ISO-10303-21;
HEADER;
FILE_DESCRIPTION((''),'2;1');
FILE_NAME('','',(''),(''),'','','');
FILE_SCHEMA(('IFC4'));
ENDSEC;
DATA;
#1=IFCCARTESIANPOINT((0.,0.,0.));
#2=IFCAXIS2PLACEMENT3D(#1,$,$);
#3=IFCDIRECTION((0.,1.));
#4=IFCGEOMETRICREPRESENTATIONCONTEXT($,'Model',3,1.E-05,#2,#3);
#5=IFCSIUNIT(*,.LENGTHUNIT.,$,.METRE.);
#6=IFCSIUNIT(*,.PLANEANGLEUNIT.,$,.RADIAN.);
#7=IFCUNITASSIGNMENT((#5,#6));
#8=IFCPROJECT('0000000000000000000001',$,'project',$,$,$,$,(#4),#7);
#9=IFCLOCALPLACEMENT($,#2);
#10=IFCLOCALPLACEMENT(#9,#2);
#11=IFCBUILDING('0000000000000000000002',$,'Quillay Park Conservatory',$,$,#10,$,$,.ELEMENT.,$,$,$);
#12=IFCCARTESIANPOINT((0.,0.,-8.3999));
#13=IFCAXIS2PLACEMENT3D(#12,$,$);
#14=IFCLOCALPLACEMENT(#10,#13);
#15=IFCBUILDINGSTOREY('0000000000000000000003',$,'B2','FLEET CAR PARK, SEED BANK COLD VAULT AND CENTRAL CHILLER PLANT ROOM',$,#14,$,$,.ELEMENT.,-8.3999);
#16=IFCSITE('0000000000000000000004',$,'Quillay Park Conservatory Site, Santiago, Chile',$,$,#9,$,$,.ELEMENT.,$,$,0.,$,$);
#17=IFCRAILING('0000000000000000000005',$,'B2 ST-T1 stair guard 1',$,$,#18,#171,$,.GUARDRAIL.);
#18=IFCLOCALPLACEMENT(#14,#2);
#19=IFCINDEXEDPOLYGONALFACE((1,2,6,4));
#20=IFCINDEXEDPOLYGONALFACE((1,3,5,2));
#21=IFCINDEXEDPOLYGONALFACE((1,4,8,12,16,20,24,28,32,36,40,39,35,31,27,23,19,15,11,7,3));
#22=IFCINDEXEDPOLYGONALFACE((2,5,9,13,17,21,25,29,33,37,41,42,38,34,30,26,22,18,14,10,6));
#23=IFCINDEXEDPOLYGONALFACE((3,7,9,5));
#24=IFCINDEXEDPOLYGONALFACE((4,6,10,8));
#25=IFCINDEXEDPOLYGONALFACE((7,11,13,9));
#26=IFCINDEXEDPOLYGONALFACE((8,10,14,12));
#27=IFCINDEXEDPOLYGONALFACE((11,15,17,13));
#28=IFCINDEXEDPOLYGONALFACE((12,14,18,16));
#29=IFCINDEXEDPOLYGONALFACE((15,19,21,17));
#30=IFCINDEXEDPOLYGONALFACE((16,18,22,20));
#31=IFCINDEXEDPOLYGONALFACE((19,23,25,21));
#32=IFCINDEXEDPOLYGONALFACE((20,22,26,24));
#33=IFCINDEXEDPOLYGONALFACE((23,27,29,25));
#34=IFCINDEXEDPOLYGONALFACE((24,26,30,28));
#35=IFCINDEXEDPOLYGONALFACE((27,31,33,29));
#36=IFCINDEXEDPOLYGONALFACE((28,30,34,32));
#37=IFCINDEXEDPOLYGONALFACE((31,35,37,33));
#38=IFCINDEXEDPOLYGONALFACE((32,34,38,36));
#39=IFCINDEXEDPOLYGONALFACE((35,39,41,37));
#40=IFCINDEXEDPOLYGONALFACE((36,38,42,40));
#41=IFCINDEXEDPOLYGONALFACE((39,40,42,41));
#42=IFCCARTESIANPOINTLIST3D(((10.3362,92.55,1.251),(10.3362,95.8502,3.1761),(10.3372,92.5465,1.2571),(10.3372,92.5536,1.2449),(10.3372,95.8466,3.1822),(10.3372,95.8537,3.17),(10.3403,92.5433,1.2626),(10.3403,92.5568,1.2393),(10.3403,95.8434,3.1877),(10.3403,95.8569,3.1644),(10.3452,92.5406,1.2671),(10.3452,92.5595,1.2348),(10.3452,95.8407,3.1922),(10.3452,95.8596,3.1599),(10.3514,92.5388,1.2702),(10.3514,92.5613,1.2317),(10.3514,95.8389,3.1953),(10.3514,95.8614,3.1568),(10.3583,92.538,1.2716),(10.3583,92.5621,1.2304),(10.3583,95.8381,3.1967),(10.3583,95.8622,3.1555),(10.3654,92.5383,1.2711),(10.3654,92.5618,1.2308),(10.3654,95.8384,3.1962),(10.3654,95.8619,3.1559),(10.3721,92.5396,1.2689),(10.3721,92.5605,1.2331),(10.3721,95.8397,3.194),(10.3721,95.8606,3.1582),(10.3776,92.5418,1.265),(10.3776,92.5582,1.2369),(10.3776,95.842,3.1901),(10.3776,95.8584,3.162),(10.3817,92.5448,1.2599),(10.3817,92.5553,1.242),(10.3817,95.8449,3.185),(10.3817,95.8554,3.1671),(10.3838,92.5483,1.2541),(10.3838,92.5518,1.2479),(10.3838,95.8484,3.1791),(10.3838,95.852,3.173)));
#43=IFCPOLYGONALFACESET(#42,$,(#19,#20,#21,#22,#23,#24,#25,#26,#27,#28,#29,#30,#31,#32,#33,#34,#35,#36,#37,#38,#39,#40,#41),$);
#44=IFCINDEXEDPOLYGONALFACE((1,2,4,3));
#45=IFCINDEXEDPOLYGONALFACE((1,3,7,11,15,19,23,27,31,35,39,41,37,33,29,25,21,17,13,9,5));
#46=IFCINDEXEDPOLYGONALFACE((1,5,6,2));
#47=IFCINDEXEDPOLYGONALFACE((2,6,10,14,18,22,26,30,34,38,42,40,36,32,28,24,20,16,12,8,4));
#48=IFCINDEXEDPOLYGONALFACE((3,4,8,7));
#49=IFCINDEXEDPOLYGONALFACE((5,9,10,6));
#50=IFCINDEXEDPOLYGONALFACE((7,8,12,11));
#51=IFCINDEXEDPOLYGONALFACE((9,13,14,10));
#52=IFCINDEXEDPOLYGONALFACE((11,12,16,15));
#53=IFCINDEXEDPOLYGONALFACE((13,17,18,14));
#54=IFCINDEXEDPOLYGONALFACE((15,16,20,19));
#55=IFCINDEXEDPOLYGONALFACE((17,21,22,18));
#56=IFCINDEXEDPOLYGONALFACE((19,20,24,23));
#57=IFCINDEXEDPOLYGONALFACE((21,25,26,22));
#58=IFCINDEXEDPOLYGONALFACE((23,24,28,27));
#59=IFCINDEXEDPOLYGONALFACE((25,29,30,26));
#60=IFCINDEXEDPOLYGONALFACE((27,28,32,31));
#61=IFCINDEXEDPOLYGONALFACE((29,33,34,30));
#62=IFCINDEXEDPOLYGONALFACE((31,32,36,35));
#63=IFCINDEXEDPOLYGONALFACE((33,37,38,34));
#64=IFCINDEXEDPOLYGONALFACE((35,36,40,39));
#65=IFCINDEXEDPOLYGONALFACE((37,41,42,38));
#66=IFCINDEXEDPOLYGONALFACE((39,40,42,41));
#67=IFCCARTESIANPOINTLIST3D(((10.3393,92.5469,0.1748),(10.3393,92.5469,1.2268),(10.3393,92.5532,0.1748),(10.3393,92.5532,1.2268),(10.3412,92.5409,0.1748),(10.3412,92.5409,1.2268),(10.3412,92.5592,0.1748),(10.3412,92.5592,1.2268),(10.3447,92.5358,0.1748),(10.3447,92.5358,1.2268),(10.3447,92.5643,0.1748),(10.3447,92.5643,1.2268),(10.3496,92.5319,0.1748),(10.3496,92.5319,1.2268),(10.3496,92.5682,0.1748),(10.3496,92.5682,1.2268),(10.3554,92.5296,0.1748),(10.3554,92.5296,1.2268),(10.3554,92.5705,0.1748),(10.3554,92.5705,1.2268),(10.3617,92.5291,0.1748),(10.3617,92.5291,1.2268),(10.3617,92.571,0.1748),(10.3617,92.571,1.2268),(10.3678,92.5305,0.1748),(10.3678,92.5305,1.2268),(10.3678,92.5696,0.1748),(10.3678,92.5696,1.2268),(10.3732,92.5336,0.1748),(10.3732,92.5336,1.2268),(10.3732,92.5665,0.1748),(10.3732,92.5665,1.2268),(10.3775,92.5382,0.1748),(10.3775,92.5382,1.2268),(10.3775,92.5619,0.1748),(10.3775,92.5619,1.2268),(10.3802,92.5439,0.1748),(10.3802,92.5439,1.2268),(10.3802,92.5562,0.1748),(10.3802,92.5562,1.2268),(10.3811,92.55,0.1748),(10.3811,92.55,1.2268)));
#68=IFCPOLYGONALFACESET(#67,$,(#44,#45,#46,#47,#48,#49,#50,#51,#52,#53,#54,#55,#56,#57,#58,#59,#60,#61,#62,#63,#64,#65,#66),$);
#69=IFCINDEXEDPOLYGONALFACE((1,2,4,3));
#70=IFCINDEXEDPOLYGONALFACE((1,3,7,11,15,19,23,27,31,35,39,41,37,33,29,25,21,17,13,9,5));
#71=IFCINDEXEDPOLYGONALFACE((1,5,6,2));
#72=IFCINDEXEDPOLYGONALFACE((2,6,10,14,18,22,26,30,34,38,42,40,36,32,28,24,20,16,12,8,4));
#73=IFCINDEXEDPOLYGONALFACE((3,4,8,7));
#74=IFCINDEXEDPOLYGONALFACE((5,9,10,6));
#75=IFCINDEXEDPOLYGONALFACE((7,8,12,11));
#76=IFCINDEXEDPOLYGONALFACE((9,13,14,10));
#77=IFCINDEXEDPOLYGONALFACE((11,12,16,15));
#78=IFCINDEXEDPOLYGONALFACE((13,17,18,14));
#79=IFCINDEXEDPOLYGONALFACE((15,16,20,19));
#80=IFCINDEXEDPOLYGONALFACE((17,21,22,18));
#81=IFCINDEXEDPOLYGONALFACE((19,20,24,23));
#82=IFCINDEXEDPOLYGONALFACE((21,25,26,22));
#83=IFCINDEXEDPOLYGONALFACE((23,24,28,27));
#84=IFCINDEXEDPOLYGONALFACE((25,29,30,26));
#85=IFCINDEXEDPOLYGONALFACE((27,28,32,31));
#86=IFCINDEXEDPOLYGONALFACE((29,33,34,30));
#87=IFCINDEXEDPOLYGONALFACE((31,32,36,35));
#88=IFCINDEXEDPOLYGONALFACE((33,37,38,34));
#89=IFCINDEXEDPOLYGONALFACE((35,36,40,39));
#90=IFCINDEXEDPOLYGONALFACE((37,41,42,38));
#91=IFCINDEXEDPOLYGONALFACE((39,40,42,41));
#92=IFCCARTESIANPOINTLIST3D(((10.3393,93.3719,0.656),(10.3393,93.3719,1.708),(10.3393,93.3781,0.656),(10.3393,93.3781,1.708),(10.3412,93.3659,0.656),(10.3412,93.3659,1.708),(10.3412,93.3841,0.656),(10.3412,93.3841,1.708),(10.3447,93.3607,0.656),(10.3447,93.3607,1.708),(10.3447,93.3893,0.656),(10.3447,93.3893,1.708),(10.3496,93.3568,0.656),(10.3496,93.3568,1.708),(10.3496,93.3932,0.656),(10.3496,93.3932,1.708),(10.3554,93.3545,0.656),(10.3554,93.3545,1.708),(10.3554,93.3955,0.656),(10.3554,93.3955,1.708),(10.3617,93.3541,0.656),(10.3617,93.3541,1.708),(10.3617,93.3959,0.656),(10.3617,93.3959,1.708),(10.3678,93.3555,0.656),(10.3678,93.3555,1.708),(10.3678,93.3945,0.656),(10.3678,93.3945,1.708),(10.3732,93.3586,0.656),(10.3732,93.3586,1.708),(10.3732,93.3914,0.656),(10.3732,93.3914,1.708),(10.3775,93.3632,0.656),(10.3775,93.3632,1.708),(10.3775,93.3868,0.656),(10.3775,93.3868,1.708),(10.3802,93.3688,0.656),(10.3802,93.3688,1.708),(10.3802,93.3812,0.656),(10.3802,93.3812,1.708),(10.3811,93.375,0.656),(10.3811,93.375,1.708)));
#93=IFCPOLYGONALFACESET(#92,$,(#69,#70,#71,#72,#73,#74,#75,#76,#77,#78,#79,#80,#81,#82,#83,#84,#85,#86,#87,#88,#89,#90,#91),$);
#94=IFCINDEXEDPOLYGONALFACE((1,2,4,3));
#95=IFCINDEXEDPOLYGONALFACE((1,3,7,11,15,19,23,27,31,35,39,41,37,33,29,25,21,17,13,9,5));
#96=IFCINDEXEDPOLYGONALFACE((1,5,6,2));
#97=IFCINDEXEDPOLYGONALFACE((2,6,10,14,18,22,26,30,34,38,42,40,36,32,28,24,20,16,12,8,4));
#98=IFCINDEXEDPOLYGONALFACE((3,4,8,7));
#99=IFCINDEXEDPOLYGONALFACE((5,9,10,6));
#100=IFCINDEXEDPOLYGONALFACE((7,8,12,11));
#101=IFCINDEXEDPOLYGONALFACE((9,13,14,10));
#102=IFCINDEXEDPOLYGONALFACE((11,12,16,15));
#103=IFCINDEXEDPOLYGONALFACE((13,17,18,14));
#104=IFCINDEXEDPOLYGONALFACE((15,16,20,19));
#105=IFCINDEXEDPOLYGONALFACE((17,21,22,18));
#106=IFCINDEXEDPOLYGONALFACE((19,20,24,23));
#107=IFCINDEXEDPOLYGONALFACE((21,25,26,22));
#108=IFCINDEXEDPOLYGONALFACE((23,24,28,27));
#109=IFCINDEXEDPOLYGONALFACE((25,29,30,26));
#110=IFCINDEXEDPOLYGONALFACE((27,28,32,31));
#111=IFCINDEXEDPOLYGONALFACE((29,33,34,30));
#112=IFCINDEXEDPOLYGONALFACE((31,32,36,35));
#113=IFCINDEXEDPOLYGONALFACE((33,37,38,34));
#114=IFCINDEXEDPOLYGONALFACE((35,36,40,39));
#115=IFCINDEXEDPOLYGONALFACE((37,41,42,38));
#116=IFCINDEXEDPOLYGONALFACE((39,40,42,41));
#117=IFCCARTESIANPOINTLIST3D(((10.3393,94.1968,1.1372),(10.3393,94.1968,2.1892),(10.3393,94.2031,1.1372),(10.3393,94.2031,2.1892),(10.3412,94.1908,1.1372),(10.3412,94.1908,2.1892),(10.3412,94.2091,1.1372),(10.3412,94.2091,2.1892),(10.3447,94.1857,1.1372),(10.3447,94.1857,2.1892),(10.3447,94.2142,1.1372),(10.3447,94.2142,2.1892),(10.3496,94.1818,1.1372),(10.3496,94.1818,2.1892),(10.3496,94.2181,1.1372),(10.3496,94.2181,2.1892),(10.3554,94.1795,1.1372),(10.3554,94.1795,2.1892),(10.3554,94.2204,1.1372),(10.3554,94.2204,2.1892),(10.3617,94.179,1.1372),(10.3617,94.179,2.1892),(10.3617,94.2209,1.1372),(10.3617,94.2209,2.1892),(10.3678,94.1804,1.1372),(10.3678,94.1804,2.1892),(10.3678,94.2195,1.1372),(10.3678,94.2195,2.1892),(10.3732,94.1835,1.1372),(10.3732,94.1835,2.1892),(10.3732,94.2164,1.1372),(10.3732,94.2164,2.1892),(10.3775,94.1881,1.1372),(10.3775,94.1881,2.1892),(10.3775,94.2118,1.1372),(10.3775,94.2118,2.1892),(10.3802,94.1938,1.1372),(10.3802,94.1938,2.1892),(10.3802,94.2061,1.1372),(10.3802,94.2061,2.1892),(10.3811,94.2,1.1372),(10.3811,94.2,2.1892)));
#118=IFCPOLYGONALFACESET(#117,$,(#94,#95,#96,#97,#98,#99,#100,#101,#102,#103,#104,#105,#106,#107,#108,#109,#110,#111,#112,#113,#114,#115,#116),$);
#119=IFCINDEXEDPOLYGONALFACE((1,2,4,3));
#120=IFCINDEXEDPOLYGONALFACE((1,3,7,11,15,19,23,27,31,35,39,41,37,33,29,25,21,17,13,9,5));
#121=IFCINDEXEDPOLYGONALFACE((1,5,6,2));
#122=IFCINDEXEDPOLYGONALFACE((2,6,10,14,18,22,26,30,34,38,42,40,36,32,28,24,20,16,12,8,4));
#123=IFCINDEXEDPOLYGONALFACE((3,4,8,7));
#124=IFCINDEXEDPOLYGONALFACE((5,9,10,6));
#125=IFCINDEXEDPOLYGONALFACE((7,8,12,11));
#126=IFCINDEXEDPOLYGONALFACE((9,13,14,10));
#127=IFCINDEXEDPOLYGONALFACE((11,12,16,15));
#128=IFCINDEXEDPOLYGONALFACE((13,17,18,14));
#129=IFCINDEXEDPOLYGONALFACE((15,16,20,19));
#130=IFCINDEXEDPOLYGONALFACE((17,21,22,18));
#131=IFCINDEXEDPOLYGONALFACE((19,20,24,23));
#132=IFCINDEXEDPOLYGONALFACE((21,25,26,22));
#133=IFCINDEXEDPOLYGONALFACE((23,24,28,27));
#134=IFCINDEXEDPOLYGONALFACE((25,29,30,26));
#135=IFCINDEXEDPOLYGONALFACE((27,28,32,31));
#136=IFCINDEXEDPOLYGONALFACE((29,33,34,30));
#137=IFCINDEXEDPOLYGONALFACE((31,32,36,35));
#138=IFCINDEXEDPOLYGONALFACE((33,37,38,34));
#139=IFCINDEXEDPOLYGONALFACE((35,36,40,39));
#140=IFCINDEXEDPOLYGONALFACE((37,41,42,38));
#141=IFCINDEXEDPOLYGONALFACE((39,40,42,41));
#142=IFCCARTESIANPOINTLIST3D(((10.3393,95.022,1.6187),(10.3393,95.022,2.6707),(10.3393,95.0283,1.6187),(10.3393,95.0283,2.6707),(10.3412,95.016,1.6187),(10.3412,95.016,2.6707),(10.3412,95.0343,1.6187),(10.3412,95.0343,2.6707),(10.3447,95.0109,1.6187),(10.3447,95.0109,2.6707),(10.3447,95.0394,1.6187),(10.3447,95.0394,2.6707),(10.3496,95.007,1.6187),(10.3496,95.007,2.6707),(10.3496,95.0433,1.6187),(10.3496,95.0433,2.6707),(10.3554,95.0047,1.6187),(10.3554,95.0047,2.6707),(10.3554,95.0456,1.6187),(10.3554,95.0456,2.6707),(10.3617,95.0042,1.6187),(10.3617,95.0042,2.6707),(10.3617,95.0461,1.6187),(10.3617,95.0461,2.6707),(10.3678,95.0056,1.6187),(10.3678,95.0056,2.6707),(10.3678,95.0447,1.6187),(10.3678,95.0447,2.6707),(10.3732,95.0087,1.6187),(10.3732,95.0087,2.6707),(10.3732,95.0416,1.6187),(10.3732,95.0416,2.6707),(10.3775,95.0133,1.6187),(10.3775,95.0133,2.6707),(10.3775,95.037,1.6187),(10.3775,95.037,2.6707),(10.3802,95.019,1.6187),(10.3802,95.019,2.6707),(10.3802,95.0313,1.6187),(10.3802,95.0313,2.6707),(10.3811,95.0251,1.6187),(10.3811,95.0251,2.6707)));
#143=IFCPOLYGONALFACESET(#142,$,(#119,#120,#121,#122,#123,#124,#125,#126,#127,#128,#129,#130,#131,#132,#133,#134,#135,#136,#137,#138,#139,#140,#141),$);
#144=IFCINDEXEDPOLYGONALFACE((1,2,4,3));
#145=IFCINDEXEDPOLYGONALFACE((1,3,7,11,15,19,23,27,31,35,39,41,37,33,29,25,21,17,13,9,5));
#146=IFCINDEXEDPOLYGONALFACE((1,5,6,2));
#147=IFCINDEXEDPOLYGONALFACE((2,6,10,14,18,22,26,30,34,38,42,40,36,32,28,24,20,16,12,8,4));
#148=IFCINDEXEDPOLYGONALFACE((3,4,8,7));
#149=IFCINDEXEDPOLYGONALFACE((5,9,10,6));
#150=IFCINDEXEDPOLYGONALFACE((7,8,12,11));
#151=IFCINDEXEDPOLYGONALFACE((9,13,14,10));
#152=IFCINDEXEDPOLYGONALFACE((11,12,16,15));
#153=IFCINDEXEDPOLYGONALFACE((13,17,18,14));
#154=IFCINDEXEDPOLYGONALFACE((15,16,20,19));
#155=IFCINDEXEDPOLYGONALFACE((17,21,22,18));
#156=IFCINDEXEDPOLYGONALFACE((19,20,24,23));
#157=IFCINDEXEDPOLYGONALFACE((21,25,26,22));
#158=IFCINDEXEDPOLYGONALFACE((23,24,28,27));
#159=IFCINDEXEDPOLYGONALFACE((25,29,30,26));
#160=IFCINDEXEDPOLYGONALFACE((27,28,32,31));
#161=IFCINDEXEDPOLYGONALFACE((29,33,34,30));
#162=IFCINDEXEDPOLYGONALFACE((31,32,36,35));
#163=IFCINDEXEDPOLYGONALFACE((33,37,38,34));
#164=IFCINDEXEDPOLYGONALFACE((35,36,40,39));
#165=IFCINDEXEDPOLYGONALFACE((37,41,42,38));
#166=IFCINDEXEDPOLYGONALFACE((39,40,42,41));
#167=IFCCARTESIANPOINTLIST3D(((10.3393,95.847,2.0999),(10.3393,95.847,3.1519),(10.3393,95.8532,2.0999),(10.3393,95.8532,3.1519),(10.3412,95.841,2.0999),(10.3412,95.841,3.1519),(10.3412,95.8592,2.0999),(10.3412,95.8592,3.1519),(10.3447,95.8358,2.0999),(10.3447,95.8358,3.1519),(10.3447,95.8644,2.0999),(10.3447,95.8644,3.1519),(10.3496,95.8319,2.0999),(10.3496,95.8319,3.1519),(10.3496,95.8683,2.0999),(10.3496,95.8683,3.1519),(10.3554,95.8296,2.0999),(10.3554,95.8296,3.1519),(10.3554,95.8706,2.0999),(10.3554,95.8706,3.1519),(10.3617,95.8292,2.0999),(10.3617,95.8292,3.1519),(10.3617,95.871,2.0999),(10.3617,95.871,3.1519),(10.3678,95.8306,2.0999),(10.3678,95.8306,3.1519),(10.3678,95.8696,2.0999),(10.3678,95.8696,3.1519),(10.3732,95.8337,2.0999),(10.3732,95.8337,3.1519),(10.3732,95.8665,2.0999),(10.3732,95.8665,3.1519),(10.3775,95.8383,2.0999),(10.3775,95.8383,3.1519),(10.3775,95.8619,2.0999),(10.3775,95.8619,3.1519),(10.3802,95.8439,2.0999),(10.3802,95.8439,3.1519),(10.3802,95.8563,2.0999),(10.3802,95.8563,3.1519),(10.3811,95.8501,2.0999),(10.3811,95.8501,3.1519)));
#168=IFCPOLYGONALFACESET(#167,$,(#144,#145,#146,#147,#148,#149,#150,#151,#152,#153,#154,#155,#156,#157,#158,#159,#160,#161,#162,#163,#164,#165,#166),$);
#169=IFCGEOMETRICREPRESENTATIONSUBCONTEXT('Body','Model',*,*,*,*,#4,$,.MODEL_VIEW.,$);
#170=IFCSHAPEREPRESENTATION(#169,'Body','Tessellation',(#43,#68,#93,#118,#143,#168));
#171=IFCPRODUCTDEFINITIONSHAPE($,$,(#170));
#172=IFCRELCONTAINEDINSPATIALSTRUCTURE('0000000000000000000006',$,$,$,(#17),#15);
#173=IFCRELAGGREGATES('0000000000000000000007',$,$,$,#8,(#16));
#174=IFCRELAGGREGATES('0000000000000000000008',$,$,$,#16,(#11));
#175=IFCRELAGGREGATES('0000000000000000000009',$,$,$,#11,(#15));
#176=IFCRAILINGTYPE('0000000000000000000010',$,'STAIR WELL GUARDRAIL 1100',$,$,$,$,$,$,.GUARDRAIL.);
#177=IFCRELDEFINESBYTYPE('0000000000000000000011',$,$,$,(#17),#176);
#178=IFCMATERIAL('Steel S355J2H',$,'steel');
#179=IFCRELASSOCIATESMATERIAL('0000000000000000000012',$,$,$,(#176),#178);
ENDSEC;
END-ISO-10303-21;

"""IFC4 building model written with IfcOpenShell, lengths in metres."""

from ifc_helpers import new_model, si_unit, direction, frame, origin, origin_2d, place, context, subcontext, project, spatial, circle, extrude, material, type_object, element, save


model = new_model("IFC4")

# Units and contexts
model_context = context("Model", 3, precision=1e-05, world=origin(), true_north=direction((0.0, 1.0)))
body_context = subcontext(model_context, "Body", "Model", "MODEL_VIEW")
ifc_project = project(units=[si_unit("LENGTHUNIT", "METRE"), si_unit("PLANEANGLEUNIT", "RADIAN")], contexts=[model_context])

# Site, building, storey
site_placement = place(None, origin())
site = spatial("IfcSite", under=ifc_project, at=site_placement, Name="Quillay Park Conservatory Site, Santiago, Chile", CompositionType="ELEMENT", RefElevation=0.0)
building_placement = place(site_placement, origin())
building = spatial("IfcBuilding", under=site, at=building_placement, Name="Quillay Park Conservatory", CompositionType="ELEMENT")
storey_placement = place(building_placement, frame((0.0, 0.0, -8.3999)))
storey = spatial("IfcBuildingStorey", under=building, at=storey_placement, Name="B2", Description="FLEET CAR PARK, SEED BANK COLD VAULT AND CENTRAL CHILLER PLANT ROOM", CompositionType="ELEMENT", Elevation=-8.3999)

# Railing
ifc_material_1 = material(Name="Steel S355J2H", Category="steel")
railing_type_1 = type_object("IfcRailingType", Name="STAIR WELL GUARDRAIL 1100", PredefinedType="GUARDRAIL", material=ifc_material_1)
railing_1_placement = place(storey_placement, frame((10.3601, 92.55, 0.1748)))
element("IfcRailing", 1, at=railing_1_placement, inside=storey, type_object=railing_type_1, Name="B2 ST-T1 stair guard 1", PredefinedType="GUARDRAIL", context=body_context, shape_type="SweptSolid", body=[
    extrude(circle(Radius=0.0239, at=origin_2d()), frame((0.0, 0.0, 1.0762), z_axis=(0.0, 0.863777, 0.503875), x_axis=(-1.0, 0.0, 0.0)), (0.0, 0.0, 1.0), 3.8206),
    extrude(circle(Radius=0.021, at=origin_2d()), origin(), (0.0, 0.0, 1.0), 1.052),
    extrude(circle(Radius=0.021, at=origin_2d()), frame((0.0, 0.825, 0.4812)), (0.0, 0.0, 1.0), 1.052),
    extrude(circle(Radius=0.021, at=origin_2d()), frame((0.0, 1.6499, 0.9624)), (0.0, 0.0, 1.0), 1.052),
    extrude(circle(Radius=0.021, at=origin_2d()), frame((0.0, 2.4751, 1.4438)), (0.0, 0.0, 1.0), 1.052),
    extrude(circle(Radius=0.021, at=origin_2d()), frame((0.0, 3.3, 1.925)), (0.0, 0.0, 1.0), 1.052),
])

save(model, "model.ifc")
